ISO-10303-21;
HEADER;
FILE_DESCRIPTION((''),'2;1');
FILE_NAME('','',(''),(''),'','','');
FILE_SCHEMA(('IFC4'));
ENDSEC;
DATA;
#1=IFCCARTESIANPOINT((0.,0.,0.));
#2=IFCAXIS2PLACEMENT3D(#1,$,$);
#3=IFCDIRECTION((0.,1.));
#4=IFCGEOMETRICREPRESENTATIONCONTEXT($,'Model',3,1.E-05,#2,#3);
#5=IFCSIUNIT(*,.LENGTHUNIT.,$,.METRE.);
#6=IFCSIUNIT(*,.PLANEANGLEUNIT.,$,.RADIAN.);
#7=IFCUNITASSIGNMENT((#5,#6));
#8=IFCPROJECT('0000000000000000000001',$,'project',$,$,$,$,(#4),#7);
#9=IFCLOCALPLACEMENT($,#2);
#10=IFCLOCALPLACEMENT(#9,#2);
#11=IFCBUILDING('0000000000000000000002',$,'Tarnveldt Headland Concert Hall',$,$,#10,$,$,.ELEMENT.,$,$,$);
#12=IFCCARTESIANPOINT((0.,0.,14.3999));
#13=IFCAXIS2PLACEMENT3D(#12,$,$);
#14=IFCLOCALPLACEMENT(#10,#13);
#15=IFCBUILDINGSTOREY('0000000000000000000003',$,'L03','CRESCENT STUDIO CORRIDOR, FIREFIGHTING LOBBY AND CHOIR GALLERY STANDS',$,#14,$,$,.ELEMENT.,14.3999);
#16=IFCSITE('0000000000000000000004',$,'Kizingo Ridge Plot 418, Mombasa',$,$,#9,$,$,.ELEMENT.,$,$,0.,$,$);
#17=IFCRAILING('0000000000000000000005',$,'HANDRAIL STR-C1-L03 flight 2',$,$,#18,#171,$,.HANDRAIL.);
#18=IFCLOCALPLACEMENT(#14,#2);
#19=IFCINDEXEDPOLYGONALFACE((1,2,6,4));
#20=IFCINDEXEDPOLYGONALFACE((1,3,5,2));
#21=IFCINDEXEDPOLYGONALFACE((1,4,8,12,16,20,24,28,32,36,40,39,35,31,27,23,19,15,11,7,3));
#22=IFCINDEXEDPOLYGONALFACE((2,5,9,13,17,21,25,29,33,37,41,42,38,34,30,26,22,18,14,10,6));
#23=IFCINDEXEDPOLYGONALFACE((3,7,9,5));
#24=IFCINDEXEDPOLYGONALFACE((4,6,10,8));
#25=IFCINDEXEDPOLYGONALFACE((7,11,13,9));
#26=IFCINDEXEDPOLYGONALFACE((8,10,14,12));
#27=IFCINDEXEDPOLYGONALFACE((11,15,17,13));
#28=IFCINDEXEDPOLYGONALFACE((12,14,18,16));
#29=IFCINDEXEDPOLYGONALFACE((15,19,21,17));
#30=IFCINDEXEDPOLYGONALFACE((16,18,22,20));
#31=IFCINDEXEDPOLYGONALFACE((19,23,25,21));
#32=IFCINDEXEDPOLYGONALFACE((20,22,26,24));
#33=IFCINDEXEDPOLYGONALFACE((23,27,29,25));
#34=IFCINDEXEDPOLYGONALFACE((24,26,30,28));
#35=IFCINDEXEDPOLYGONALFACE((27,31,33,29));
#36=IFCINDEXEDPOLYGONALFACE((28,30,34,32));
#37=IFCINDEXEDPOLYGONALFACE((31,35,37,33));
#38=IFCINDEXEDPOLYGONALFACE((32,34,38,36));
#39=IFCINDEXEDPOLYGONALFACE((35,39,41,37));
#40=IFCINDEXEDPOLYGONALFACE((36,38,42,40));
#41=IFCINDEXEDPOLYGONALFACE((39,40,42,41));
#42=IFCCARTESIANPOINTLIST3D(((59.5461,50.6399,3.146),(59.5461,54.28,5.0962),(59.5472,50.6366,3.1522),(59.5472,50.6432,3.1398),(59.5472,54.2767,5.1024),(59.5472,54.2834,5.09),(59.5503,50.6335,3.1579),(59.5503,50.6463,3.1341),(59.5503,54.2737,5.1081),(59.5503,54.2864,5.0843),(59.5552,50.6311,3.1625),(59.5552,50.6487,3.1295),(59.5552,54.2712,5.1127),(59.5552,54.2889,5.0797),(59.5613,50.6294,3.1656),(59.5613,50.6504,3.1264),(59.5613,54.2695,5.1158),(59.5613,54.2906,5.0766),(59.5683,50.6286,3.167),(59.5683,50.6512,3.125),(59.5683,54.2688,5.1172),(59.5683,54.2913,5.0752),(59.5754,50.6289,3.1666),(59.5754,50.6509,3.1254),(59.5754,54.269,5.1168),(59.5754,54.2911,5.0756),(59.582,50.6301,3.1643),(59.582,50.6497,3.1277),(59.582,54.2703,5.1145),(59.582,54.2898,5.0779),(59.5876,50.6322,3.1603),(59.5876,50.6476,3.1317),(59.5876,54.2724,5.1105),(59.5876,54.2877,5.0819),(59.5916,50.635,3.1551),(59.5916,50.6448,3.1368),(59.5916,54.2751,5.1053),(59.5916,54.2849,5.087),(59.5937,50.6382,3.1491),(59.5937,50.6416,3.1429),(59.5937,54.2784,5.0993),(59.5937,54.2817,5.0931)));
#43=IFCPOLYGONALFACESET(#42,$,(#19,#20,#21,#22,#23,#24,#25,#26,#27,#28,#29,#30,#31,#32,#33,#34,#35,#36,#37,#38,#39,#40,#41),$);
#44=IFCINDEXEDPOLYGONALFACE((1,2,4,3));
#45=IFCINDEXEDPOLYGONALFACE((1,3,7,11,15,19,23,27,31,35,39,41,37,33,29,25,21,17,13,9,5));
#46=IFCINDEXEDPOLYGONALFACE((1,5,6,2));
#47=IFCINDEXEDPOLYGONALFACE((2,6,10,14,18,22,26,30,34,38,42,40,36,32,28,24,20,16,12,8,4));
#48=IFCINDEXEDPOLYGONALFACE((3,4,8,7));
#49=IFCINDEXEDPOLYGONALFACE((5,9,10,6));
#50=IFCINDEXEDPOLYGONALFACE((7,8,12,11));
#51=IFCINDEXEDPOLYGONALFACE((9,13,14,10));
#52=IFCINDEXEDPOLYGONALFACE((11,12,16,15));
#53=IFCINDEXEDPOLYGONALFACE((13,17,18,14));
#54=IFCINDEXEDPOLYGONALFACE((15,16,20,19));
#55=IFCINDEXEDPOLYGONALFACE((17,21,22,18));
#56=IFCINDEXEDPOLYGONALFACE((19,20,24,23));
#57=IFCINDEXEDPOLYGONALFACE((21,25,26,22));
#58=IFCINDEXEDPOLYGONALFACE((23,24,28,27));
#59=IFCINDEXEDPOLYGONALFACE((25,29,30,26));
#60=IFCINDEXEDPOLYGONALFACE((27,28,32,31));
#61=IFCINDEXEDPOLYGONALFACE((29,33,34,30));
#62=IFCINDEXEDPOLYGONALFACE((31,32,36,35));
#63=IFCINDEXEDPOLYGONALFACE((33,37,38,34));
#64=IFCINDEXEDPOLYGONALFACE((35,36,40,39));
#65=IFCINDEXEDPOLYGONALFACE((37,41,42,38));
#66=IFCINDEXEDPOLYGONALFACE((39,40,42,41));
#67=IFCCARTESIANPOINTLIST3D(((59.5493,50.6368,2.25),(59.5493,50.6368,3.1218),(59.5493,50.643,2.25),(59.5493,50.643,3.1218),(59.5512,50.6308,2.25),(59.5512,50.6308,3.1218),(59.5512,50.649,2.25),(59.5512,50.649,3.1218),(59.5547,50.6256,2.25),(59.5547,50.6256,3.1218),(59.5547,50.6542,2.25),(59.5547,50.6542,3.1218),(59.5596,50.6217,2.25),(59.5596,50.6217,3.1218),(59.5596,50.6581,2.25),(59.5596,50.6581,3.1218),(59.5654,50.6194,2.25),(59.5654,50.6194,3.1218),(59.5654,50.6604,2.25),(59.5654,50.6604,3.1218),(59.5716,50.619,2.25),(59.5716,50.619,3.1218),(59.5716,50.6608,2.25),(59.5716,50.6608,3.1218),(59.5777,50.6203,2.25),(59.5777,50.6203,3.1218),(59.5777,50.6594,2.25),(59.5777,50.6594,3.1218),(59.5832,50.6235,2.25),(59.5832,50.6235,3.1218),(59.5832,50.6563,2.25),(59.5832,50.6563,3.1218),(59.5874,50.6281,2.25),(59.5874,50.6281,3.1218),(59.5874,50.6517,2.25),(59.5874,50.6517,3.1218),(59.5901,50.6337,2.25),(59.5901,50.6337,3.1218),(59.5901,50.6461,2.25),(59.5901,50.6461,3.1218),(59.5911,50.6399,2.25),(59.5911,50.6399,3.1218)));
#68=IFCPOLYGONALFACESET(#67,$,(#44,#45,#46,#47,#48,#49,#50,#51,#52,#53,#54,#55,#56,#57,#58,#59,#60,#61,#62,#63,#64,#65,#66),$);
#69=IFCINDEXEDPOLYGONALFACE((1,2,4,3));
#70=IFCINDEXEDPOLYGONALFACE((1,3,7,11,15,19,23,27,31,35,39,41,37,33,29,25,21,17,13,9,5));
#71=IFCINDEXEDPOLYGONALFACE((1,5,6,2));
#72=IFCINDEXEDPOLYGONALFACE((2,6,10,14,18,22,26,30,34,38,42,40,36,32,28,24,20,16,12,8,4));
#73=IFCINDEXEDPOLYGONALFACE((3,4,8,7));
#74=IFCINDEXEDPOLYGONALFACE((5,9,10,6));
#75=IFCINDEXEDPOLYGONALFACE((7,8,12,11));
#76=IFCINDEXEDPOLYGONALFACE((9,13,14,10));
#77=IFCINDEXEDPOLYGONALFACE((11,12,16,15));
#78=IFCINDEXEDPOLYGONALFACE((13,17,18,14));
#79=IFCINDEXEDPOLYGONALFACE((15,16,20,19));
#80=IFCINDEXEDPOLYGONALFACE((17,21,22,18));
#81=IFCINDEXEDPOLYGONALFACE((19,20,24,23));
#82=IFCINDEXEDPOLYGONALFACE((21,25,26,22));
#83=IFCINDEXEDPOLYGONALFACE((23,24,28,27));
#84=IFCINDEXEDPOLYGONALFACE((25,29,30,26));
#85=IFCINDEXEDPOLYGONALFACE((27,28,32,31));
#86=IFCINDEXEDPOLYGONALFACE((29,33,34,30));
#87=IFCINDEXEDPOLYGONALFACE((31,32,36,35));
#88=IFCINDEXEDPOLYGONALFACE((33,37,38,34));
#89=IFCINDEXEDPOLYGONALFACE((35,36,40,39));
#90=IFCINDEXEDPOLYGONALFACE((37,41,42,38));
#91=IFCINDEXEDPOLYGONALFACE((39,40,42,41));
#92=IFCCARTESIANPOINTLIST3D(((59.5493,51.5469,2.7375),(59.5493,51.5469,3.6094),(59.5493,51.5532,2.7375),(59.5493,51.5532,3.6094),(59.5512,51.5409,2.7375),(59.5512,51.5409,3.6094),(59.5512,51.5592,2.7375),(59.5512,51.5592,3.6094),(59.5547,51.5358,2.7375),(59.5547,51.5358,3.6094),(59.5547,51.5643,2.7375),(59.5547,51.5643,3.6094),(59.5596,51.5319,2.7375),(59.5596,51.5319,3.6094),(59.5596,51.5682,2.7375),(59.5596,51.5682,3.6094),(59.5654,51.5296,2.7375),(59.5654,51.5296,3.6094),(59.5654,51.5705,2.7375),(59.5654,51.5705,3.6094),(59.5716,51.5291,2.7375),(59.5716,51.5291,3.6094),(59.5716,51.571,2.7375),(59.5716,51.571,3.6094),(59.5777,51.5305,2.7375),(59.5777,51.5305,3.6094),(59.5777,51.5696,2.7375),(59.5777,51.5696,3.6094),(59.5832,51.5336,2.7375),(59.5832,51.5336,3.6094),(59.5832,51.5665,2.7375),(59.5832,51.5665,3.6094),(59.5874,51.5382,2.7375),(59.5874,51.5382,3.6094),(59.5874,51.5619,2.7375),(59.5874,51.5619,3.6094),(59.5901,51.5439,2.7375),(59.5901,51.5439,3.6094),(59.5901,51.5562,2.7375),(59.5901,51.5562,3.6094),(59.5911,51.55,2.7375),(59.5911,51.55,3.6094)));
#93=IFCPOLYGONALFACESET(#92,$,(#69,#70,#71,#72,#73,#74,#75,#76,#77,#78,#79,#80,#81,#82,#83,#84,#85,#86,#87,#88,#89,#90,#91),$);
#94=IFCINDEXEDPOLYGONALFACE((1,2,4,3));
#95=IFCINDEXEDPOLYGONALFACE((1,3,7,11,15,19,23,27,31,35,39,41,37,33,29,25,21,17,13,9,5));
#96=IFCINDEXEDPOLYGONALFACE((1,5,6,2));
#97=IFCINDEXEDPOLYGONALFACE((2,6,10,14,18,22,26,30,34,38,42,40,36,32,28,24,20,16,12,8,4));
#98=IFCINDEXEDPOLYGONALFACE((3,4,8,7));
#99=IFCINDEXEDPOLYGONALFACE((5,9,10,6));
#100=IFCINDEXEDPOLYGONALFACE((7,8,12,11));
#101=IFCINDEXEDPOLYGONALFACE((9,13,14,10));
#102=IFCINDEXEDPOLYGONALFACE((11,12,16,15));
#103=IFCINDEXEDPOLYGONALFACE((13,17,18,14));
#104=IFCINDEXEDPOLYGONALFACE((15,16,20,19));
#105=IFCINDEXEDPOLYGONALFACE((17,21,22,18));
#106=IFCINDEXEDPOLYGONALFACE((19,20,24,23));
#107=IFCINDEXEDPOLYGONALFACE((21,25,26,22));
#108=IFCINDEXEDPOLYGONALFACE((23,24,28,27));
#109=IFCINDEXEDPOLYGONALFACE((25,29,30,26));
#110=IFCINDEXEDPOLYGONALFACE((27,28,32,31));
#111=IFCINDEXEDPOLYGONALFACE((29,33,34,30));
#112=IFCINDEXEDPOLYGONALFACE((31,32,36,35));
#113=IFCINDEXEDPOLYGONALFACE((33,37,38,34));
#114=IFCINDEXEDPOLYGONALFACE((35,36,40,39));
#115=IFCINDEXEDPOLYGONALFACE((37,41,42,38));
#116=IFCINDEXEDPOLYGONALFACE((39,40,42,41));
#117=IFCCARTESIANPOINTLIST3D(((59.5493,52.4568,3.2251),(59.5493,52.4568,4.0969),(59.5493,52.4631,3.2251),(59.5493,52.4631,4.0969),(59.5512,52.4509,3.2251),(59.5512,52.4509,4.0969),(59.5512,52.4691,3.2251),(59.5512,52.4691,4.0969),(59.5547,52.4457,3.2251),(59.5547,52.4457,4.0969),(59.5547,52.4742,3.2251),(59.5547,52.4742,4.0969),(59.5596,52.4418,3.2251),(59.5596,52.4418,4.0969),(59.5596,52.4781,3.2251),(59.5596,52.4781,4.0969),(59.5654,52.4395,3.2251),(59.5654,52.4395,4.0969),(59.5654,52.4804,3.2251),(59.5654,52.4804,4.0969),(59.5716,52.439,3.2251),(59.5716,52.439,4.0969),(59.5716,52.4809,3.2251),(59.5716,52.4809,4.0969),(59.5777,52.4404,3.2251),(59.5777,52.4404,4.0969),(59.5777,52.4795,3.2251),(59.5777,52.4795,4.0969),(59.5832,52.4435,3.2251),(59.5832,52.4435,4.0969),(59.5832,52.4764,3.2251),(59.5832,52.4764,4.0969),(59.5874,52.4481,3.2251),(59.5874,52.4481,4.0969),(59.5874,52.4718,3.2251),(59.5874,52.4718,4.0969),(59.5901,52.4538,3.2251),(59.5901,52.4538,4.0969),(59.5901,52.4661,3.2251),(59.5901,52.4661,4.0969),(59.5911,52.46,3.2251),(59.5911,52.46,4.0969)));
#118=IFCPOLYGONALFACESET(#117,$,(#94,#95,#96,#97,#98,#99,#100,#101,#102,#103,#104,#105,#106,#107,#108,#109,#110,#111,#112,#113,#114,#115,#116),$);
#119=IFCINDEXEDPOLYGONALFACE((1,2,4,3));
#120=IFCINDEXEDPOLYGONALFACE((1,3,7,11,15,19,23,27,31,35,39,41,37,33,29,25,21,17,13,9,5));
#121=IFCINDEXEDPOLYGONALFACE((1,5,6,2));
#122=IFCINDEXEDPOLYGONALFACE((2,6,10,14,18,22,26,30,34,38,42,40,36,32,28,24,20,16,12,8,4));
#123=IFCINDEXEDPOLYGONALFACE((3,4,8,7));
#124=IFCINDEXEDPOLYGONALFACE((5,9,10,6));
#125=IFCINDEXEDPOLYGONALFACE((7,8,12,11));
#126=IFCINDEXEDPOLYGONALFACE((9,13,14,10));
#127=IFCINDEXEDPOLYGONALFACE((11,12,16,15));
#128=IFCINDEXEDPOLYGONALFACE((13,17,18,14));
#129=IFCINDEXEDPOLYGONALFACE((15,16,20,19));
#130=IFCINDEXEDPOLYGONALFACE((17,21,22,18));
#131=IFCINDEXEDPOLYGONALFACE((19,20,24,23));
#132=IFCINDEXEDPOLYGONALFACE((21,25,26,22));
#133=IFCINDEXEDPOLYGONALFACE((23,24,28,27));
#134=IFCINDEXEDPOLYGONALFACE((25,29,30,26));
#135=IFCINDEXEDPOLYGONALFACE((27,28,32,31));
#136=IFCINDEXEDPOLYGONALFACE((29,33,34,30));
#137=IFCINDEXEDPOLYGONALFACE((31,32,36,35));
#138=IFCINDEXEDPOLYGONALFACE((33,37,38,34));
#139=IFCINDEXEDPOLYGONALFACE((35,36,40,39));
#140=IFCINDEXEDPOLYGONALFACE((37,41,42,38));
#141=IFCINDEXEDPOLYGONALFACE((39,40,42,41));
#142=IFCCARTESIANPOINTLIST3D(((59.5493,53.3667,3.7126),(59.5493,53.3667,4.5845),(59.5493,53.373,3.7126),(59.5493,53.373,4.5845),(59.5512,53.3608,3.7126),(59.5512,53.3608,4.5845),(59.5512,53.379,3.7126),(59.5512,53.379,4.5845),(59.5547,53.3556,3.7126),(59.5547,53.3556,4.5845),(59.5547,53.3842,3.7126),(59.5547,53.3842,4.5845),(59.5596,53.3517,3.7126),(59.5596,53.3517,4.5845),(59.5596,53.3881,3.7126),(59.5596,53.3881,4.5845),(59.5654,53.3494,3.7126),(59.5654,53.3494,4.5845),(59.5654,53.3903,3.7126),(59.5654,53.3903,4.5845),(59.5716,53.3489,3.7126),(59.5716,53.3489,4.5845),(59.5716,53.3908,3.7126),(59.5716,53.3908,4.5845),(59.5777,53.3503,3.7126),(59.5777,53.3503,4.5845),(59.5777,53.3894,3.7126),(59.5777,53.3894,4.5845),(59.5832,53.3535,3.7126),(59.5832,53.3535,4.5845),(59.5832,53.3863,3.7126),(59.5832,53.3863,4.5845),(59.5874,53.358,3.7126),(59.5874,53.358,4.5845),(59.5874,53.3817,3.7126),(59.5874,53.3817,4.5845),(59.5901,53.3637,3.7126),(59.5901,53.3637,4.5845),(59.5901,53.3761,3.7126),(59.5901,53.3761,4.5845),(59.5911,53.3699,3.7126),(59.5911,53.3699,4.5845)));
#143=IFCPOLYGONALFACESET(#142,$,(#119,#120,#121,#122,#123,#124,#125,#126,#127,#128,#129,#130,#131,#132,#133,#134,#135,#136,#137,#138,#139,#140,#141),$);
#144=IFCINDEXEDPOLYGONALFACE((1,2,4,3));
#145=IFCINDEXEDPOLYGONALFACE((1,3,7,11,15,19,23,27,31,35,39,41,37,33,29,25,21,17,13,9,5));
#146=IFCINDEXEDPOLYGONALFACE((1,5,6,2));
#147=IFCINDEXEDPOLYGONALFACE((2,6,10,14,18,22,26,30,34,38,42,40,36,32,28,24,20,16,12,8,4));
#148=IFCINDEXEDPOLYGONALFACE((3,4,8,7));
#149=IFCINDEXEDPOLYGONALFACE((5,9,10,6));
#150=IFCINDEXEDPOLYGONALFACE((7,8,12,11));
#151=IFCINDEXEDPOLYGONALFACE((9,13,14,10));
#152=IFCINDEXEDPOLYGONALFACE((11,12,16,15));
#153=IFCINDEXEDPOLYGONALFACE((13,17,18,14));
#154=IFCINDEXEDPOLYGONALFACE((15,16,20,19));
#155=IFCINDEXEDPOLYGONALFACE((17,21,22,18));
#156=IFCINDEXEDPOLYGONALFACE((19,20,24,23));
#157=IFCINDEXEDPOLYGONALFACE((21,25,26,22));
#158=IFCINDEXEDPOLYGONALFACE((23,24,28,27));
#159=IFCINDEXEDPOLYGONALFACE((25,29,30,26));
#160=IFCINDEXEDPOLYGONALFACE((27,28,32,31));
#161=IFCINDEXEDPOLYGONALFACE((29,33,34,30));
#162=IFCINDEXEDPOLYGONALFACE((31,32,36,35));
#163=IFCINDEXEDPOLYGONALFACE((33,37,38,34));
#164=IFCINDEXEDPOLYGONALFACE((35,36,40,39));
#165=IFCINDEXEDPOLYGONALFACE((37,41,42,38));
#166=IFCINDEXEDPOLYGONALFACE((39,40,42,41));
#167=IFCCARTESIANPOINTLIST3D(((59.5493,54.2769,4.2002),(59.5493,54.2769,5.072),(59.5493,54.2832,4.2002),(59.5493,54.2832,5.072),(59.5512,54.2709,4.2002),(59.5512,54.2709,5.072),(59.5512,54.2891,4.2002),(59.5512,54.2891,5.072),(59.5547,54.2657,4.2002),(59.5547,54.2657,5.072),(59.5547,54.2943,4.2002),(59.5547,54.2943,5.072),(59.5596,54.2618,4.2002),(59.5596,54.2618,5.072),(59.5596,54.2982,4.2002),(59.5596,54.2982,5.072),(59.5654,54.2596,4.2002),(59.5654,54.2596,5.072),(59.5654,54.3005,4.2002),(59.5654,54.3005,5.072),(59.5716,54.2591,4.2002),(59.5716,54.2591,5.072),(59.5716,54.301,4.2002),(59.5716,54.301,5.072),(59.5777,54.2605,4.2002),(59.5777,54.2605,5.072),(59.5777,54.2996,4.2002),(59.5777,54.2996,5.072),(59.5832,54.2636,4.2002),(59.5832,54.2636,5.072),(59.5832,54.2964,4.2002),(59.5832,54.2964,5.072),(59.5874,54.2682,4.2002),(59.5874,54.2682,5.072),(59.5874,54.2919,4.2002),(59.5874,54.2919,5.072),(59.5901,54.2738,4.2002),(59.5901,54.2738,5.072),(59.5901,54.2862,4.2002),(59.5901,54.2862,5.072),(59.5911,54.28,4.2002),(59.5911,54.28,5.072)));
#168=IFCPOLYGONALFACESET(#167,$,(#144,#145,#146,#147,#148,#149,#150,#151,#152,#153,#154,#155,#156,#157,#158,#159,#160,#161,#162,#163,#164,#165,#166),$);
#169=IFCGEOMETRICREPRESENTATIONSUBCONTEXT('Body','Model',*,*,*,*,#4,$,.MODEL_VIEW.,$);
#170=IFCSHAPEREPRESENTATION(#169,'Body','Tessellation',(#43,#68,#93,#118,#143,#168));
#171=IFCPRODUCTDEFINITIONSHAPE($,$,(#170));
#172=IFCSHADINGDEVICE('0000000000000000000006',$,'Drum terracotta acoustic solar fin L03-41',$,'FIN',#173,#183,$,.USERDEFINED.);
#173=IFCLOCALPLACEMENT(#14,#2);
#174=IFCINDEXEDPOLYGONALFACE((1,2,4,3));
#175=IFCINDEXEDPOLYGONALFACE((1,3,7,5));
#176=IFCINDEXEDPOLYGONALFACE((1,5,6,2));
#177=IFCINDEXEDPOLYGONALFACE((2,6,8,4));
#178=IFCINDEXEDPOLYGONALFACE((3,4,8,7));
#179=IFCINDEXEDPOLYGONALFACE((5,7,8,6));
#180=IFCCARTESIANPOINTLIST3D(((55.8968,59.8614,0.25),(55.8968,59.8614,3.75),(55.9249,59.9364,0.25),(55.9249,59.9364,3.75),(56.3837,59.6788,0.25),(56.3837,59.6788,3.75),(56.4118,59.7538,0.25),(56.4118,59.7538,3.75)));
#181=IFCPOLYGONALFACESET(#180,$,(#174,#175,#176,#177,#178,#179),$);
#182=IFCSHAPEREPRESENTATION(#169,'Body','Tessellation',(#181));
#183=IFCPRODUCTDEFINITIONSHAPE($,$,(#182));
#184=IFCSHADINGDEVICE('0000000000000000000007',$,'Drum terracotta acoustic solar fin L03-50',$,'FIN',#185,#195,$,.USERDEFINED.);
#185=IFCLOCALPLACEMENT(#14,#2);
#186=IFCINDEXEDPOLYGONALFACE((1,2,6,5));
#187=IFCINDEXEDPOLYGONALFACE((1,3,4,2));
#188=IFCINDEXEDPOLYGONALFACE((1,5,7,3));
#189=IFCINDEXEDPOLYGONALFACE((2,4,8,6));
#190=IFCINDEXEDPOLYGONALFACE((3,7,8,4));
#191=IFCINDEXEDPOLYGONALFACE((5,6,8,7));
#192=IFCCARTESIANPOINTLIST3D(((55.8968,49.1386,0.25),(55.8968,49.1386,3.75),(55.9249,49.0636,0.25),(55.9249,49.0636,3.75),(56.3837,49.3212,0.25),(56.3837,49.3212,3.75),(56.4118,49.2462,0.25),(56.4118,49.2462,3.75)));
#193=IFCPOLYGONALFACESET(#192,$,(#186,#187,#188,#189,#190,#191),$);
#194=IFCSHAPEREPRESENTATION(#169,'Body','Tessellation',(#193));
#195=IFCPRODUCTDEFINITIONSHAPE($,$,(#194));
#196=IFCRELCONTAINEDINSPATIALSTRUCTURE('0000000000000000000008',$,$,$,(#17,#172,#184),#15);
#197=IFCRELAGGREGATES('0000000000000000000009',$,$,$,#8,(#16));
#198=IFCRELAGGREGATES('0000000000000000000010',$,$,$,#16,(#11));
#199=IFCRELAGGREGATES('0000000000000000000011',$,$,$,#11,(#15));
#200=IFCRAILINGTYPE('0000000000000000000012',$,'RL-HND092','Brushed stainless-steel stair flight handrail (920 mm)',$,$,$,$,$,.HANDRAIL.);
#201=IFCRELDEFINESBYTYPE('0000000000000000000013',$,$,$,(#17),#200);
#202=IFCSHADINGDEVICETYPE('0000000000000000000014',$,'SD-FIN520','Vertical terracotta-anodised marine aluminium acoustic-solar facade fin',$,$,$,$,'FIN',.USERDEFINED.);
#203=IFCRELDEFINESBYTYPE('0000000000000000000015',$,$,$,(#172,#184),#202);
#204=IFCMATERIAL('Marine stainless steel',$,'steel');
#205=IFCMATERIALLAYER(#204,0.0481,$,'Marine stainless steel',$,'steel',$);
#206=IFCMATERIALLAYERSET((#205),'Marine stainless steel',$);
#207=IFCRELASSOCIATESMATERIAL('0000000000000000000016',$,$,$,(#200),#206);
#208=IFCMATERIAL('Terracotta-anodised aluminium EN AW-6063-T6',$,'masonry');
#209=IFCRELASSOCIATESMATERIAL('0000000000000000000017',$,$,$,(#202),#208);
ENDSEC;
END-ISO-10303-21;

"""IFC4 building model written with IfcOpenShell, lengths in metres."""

from ifc_helpers import new_model, si_unit, direction, frame, origin, origin_2d, place, context, subcontext, project, spatial, rectangle, circle, extrude, material, layer, layer_set, type_object, element, save


model = new_model("IFC4")

# Units and contexts
model_context = context("Model", 3, precision=1e-05, world=origin(), true_north=direction((0.0, 1.0)))
body_context = subcontext(model_context, "Body", "Model", "MODEL_VIEW")
ifc_project = project(units=[si_unit("LENGTHUNIT", "METRE"), si_unit("PLANEANGLEUNIT", "RADIAN")], contexts=[model_context])

# Site, building, storey
site_placement = place(None, origin())
site = spatial("IfcSite", under=ifc_project, at=site_placement, Name="Kizingo Ridge Plot 418, Mombasa", CompositionType="ELEMENT", RefElevation=0.0)
building_placement = place(site_placement, origin())
building = spatial("IfcBuilding", under=site, at=building_placement, Name="Tarnveldt Headland Concert Hall", CompositionType="ELEMENT")
storey_placement = place(building_placement, frame((0.0, 0.0, 14.3999)))
storey = spatial("IfcBuildingStorey", under=building, at=storey_placement, Name="L03", Description="CRESCENT STUDIO CORRIDOR, FIREFIGHTING LOBBY AND CHOIR GALLERY STANDS", CompositionType="ELEMENT", Elevation=14.3999)

# Railing
ifc_material_1 = material(Name="Marine stainless steel", Category="steel")
ifc_layer_1 = layer(ifc_material_1, 0.0481, Name="Marine stainless steel", Category="steel")
ifc_layer_set_1 = layer_set([ifc_layer_1], Name="Marine stainless steel")
railing_type_1 = type_object("IfcRailingType", Name="RL-HND092", Description="Brushed stainless-steel stair flight handrail (920 mm)", PredefinedType="HANDRAIL", material=ifc_layer_set_1)
railing_1_placement = place(storey_placement, frame((59.5701, 50.6399, 2.25)))
element("IfcRailing", 1, at=railing_1_placement, inside=storey, type_object=railing_type_1, Name="HANDRAIL STR-C1-L03 flight 2", PredefinedType="HANDRAIL", context=body_context, shape_type="SweptSolid", body=[
    extrude(circle(Radius=0.0239, at=origin_2d()), frame((0.0, 0.0, 0.896), z_axis=(0.0, 0.881468, 0.472244), x_axis=(-1.0, 0.0, 0.0)), (0.0, 0.0, 1.0), 4.1296),
    extrude(circle(Radius=0.021, at=origin_2d()), origin(), (0.0, 0.0, 1.0), 0.8718),
    extrude(circle(Radius=0.021, at=origin_2d()), frame((0.0, 0.9102, 0.4875)), (0.0, 0.0, 1.0), 0.8718),
    extrude(circle(Radius=0.021, at=origin_2d()), frame((0.0, 1.8201, 0.9751)), (0.0, 0.0, 1.0), 0.8718),
    extrude(circle(Radius=0.021, at=origin_2d()), frame((0.0, 2.73, 1.4626)), (0.0, 0.0, 1.0), 0.8718),
    extrude(circle(Radius=0.021, at=origin_2d()), frame((0.0, 3.6401, 1.9502)), (0.0, 0.0, 1.0), 0.8718),
])

# Shading devices
ifc_material_2 = material(Name="Terracotta-anodised aluminium EN AW-6063-T6", Category="masonry")
shading_device_type = type_object("IfcShadingDeviceType", Name="SD-FIN520", Description="Vertical terracotta-anodised marine aluminium acoustic-solar facade fin", ElementType="FIN", PredefinedType="USERDEFINED", material=ifc_material_2)
for number, where, z_axis, x_axis, name in (
    (2, (56.1543, 59.8076, 0.25), (0.0, 0.0, 1.0), (-0.936305, 0.351188, 0.0), "Drum terracotta acoustic solar fin L03-41"),
    (3, (56.1543, 49.1924, 0.25), (0.0, 0.0, 1.0), (-0.936305, -0.351188, 0.0), "Drum terracotta acoustic solar fin L03-50"),
):
    element("IfcShadingDevice", number, at=place(storey_placement, frame(where, z_axis=z_axis, x_axis=x_axis)), inside=storey, type_object=shading_device_type, Name=name, ObjectType="FIN", PredefinedType="USERDEFINED", context=body_context, shape_type="SweptSolid", body=[
        extrude(rectangle(XDim=0.52, YDim=0.0801, at=origin_2d()), origin(), (0.0, 0.0, 1.0), 3.5),
    ])

save(model, "model.ifc")
